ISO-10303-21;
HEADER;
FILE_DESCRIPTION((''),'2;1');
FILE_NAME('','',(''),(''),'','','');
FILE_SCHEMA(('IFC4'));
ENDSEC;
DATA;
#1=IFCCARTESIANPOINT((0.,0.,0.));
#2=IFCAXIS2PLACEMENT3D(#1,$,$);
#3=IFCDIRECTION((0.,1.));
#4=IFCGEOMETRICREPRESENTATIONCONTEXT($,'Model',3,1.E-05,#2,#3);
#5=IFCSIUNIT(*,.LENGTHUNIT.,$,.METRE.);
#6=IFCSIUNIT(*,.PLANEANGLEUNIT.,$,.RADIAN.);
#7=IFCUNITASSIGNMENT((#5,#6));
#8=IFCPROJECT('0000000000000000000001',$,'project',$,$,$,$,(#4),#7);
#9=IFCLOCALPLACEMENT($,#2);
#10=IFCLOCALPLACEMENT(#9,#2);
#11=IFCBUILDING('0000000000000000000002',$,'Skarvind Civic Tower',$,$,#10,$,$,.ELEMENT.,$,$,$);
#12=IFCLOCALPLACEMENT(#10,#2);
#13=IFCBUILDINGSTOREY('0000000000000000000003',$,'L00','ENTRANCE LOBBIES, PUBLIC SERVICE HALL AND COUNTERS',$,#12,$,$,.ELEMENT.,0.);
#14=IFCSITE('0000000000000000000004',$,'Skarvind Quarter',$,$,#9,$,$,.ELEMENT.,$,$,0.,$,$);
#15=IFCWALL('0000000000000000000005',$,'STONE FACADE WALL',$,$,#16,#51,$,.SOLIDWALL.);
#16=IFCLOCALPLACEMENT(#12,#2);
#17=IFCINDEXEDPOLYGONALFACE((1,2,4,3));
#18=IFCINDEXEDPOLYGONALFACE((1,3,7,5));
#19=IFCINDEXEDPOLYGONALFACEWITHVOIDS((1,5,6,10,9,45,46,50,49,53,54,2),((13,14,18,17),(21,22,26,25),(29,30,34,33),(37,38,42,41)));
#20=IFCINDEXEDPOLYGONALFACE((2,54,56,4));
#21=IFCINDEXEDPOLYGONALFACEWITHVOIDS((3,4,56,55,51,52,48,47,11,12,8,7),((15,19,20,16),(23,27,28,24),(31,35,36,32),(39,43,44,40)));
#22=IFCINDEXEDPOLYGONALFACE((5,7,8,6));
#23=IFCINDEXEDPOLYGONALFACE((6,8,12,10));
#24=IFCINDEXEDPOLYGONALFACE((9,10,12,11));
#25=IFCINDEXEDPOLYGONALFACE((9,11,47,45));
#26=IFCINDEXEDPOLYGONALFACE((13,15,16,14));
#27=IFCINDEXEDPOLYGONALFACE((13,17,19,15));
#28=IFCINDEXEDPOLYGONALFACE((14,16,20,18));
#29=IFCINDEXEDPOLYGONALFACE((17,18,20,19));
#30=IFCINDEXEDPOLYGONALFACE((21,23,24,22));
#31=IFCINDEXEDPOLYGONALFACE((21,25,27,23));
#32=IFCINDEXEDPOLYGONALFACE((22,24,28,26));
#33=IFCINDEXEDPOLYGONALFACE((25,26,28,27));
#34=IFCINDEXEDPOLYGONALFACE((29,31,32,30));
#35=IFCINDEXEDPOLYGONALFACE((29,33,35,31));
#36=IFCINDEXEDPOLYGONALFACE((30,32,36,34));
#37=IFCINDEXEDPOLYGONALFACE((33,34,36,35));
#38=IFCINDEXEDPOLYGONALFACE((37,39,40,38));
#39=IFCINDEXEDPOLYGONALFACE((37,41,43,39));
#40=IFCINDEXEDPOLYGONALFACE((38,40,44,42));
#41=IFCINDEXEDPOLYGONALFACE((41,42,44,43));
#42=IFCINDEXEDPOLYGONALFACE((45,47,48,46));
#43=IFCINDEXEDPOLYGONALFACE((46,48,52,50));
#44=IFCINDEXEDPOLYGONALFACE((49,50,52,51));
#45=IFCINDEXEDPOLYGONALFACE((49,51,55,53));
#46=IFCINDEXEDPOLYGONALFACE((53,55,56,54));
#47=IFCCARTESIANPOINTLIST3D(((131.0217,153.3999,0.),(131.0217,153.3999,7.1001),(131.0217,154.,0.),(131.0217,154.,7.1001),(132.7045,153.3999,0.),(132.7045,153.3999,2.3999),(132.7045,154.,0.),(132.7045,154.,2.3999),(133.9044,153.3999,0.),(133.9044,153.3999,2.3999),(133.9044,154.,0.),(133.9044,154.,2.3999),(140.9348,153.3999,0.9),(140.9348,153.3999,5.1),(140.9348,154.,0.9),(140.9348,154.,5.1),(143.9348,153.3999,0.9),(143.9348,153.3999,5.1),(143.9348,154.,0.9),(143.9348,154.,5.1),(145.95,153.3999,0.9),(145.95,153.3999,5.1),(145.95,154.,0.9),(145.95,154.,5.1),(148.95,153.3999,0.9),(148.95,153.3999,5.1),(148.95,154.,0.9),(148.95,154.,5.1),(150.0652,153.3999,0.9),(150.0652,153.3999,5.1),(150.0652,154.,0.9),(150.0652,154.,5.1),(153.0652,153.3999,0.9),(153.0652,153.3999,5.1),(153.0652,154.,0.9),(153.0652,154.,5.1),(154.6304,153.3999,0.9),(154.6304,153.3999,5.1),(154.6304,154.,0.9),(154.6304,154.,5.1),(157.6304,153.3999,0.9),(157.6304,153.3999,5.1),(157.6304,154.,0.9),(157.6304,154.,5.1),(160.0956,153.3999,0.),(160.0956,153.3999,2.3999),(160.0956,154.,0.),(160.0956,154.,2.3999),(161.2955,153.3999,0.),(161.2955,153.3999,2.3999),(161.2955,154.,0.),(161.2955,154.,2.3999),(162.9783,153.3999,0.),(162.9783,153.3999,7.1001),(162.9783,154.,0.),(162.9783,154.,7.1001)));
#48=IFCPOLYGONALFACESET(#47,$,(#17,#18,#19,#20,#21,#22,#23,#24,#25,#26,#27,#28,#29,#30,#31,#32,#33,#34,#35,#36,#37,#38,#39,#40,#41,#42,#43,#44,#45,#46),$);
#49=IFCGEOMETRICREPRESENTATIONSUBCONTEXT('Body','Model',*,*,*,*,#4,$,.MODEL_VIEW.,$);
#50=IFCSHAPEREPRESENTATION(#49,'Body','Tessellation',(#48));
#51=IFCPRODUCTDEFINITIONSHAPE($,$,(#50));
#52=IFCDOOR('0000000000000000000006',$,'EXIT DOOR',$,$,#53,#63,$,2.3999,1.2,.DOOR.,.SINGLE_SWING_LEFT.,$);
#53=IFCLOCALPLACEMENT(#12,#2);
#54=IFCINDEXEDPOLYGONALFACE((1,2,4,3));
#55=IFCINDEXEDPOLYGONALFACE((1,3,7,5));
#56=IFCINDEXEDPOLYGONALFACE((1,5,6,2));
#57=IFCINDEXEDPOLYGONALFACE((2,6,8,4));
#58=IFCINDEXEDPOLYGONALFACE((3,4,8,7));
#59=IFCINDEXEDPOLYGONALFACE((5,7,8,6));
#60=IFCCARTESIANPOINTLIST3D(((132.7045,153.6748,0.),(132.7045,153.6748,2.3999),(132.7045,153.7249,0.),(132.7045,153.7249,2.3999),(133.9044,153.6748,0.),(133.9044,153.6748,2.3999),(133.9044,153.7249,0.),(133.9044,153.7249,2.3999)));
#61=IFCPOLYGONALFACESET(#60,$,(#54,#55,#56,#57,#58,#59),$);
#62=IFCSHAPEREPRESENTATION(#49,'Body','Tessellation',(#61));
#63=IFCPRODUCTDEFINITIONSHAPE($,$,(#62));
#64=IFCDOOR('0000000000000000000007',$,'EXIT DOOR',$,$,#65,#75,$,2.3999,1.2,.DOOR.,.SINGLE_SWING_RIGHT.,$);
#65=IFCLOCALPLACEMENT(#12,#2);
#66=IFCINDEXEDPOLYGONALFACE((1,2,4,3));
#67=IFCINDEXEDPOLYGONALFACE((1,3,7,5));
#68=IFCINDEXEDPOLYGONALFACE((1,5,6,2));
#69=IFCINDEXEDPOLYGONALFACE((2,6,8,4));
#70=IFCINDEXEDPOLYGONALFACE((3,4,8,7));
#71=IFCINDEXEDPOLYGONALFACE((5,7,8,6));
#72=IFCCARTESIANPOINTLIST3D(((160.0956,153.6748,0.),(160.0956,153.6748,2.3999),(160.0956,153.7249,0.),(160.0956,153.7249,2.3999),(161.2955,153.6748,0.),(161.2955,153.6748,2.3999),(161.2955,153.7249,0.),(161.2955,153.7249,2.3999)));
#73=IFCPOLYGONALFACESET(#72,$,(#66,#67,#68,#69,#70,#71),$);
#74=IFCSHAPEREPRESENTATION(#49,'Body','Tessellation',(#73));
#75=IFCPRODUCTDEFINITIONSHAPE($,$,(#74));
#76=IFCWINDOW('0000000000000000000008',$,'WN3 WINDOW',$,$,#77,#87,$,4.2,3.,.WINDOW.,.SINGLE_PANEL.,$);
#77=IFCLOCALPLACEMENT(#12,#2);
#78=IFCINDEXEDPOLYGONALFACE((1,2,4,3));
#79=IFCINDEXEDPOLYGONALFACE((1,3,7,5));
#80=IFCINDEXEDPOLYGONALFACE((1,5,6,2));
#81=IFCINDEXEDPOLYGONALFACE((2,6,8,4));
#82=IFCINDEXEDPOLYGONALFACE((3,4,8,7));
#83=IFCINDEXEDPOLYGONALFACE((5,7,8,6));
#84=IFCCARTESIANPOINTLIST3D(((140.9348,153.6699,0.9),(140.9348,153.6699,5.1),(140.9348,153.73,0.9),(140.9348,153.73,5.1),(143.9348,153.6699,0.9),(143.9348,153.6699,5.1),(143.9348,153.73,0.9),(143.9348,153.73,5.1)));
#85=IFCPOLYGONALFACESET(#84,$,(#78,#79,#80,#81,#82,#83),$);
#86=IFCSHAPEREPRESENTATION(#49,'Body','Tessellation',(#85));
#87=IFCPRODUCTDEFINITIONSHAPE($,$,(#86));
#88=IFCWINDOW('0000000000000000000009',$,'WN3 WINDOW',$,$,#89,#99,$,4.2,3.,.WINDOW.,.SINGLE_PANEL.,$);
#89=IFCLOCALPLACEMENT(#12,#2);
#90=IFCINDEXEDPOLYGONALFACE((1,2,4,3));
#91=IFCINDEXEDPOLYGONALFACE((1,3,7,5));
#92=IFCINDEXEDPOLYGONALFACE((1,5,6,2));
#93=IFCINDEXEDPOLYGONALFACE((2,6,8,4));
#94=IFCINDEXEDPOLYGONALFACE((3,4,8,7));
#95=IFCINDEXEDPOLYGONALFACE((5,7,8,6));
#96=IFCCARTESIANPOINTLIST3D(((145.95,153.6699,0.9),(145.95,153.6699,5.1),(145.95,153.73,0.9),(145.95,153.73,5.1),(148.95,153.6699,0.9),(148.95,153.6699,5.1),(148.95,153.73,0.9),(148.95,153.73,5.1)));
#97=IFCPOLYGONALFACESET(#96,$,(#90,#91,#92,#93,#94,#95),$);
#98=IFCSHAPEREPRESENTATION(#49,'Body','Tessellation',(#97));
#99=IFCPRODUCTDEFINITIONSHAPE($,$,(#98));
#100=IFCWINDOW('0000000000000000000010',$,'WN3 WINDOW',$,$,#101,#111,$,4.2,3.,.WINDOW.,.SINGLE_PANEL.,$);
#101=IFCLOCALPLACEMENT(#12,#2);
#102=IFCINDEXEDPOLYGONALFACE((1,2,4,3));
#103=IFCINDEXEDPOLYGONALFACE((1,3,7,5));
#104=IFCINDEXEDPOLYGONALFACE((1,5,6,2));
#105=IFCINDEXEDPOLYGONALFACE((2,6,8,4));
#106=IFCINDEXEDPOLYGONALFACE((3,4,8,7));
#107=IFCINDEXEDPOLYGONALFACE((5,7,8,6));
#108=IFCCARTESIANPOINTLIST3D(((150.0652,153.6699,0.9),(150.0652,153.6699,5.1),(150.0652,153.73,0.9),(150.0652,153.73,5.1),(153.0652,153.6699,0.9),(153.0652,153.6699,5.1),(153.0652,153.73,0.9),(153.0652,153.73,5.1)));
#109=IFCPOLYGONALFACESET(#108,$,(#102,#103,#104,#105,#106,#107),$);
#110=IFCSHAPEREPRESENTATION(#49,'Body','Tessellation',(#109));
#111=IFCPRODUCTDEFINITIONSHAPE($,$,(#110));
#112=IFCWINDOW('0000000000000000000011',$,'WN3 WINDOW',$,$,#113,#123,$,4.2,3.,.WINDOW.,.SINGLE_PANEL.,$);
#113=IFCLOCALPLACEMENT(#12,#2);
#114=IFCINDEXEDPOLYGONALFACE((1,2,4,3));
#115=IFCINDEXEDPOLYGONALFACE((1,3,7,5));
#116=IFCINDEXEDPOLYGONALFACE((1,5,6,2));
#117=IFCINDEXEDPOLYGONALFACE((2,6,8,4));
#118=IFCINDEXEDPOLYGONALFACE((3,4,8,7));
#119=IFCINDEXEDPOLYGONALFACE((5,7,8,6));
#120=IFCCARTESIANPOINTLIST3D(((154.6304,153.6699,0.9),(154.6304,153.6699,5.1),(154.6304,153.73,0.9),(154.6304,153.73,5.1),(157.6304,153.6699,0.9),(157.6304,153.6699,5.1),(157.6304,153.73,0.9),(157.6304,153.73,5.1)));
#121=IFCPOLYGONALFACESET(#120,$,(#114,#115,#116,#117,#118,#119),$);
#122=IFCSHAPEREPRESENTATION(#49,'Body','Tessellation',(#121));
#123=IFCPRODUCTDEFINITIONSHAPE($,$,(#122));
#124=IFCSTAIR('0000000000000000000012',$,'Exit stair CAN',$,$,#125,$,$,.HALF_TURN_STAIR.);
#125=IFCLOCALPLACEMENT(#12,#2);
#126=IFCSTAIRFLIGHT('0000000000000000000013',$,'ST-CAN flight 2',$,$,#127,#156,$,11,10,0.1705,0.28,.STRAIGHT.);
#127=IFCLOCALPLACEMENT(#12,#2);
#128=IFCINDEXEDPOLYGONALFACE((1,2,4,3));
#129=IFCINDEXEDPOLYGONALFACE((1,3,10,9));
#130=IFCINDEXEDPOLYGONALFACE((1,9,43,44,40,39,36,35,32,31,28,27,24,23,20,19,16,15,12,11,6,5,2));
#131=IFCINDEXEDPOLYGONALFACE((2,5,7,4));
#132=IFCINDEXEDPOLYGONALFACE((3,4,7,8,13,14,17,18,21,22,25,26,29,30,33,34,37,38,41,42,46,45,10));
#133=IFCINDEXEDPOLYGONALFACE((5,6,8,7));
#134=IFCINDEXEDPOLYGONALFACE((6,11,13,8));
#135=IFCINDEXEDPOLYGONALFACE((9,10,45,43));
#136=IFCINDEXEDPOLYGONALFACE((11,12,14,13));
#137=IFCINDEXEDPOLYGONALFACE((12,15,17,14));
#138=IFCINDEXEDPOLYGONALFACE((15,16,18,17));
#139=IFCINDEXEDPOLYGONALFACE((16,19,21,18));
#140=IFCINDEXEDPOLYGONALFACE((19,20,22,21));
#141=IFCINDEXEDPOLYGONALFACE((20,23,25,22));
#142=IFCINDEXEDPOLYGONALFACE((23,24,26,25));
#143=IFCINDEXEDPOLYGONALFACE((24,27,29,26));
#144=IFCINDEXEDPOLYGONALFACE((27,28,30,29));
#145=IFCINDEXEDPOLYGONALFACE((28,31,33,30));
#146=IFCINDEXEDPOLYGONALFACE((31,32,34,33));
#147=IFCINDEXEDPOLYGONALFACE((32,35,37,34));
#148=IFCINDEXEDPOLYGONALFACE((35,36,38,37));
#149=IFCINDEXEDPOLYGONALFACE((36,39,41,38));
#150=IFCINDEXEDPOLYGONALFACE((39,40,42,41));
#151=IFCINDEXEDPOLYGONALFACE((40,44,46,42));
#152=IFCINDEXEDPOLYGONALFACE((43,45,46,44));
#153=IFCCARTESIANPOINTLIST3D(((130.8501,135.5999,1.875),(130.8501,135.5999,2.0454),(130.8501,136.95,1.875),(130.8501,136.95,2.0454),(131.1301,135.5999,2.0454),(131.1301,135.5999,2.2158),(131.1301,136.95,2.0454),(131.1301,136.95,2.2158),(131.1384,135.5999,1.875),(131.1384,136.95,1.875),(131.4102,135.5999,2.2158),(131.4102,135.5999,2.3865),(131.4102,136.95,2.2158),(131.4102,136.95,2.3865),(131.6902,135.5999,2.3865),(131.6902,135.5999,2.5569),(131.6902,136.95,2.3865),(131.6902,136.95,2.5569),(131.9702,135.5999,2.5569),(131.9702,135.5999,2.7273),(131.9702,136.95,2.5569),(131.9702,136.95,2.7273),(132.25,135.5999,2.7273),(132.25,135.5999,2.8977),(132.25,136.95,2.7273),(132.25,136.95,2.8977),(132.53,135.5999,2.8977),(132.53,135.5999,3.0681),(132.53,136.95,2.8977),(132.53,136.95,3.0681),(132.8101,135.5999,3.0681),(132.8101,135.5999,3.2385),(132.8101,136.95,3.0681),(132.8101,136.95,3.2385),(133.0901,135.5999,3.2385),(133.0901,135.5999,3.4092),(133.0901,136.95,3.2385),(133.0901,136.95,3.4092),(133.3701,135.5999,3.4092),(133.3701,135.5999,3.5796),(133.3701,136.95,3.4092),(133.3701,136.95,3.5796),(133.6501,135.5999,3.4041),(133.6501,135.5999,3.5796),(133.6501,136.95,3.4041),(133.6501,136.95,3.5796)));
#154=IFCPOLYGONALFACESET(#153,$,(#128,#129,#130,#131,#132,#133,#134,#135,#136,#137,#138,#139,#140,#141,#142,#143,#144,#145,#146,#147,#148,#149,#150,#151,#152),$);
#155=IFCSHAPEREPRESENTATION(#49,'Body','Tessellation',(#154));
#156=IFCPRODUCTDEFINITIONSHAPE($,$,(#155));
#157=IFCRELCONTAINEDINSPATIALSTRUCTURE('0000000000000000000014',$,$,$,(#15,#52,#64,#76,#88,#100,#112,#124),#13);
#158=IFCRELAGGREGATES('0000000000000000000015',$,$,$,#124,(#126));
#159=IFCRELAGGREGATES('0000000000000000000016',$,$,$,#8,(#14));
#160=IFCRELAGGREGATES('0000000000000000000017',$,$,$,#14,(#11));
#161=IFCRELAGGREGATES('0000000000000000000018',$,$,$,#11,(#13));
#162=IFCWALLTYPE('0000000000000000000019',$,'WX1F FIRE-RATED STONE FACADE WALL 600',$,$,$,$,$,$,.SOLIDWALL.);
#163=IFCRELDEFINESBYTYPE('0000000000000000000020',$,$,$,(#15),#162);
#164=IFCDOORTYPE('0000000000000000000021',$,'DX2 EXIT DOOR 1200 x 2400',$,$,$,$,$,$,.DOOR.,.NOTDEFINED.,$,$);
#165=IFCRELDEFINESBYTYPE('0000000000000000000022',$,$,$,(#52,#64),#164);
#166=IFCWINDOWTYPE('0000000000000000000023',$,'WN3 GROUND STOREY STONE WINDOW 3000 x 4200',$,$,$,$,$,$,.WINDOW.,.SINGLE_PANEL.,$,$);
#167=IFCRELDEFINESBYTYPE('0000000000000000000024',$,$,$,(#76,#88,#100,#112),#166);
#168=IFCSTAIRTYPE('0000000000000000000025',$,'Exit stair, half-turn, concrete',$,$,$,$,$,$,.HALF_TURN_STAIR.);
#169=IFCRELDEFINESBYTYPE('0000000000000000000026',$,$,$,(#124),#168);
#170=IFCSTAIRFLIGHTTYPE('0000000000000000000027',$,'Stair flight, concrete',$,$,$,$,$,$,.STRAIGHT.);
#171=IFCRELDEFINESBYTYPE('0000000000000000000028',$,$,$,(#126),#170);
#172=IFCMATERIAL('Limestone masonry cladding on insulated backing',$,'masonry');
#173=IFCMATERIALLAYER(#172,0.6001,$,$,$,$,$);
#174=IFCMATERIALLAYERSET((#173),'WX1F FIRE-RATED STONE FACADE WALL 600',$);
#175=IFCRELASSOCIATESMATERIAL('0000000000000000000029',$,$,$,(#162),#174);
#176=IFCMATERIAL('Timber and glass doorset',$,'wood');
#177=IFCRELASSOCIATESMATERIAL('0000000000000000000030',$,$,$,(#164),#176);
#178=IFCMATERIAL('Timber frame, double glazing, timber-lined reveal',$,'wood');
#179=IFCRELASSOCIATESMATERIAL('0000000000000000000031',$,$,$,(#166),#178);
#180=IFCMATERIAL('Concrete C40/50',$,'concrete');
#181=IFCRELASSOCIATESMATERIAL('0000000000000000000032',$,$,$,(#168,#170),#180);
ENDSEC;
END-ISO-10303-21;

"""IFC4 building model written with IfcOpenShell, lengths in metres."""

from ifc_helpers import new_model, si_unit, direction, frame, frame_2d, origin, place, context, subcontext, project, spatial, polyline, rectangle, outline, extrude, material, layer, layer_set, type_object, element, fill, aggregate, save


model = new_model("IFC4")

# Units and contexts
model_context = context("Model", 3, precision=1e-05, world=origin(), true_north=direction((0.0, 1.0)))
body_context = subcontext(model_context, "Body", "Model", "MODEL_VIEW")
ifc_project = project(units=[si_unit("LENGTHUNIT", "METRE"), si_unit("PLANEANGLEUNIT", "RADIAN")], contexts=[model_context])

# Site, building, storey
site_placement = place(None, origin())
site = spatial("IfcSite", under=ifc_project, at=site_placement, Name="Skarvind Quarter", CompositionType="ELEMENT", RefElevation=0.0)
building_placement = place(site_placement, origin())
building = spatial("IfcBuilding", under=site, at=building_placement, Name="Skarvind Civic Tower", CompositionType="ELEMENT")
storey_placement = place(building_placement, origin())
storey = spatial("IfcBuildingStorey", under=building, at=storey_placement, Name="L00", Description="ENTRANCE LOBBIES, PUBLIC SERVICE HALL AND COUNTERS", CompositionType="ELEMENT", Elevation=0.0)

# Shared definitions
ifc_material_1 = material(Name="Limestone masonry cladding on insulated backing", Category="masonry")

# Wall, openings, doors, windows
ifc_layer_1 = layer(ifc_material_1, 0.6001)
ifc_layer_set_1 = layer_set([ifc_layer_1], Name="WX1F FIRE-RATED STONE FACADE WALL 600")
wall_type_1 = type_object("IfcWallType", Name="WX1F FIRE-RATED STONE FACADE WALL 600", PredefinedType="SOLIDWALL", material=ifc_layer_set_1)
wall_1_placement = place(storey_placement, frame((131.0217, 153.7, 0.0), z_axis=(0.0, 0.0, 1.0), x_axis=(1.0, 0.0, 0.0)))
wall_1 = element("IfcWall", 1, at=wall_1_placement, inside=storey, type_object=wall_type_1, Name="STONE FACADE WALL", PredefinedType="SOLIDWALL", context=body_context, shape_type="SweptSolid", body=[
    extrude(rectangle(XDim=31.9565, YDim=0.6001, at=frame_2d((15.9783, 0.0))), origin(), (0.0, 0.0, 1.0), 7.1001),
])
opening_1_placement = place(wall_1_placement, frame((1.6826, 0.0, 0.0)))
opening_1 = element("IfcOpeningElement", 2, at=opening_1_placement, cuts=wall_1, PredefinedType="OPENING", context=body_context, shape_type="SweptSolid", body=[
    extrude(rectangle(XDim=1.2, YDim=2.3999, at=frame_2d((0.6001, 1.2))), frame((0.0, 0.3101, 0.0), z_axis=(0.0, -1.0, 0.0), x_axis=(1.0, 0.0, 0.0)), (0.0, 0.0, 1.0), 0.6201),
])
opening_2_placement = place(wall_1_placement, frame((9.9131, 0.0, 0.8999)))
opening_2 = element("IfcOpeningElement", 3, at=opening_2_placement, cuts=wall_1, PredefinedType="OPENING", context=body_context, shape_type="SweptSolid", body=[
    extrude(rectangle(XDim=3.0, YDim=4.2, at=frame_2d((1.5, 2.1001))), frame((0.0, 0.3101, 0.0), z_axis=(0.0, -1.0, 0.0), x_axis=(1.0, 0.0, 0.0)), (0.0, 0.0, 1.0), 0.6201),
])
opening_3_placement = place(wall_1_placement, frame((14.9282, 0.0, 0.8999)))
opening_3 = element("IfcOpeningElement", 4, at=opening_3_placement, cuts=wall_1, PredefinedType="OPENING", context=body_context, shape_type="SweptSolid", body=[
    extrude(rectangle(XDim=3.0, YDim=4.2, at=frame_2d((1.5, 2.1001))), frame((0.0, 0.3101, 0.0), z_axis=(0.0, -1.0, 0.0), x_axis=(1.0, 0.0, 0.0)), (0.0, 0.0, 1.0), 0.6201),
])
opening_4_placement = place(wall_1_placement, frame((19.0435, 0.0, 0.8999)))
opening_4 = element("IfcOpeningElement", 5, at=opening_4_placement, cuts=wall_1, PredefinedType="OPENING", context=body_context, shape_type="SweptSolid", body=[
    extrude(rectangle(XDim=3.0, YDim=4.2, at=frame_2d((1.5, 2.1001))), frame((0.0, 0.3101, 0.0), z_axis=(0.0, -1.0, 0.0), x_axis=(1.0, 0.0, 0.0)), (0.0, 0.0, 1.0), 0.6201),
])
opening_5_placement = place(wall_1_placement, frame((23.6086, 0.0, 0.8999)))
opening_5 = element("IfcOpeningElement", 6, at=opening_5_placement, cuts=wall_1, PredefinedType="OPENING", context=body_context, shape_type="SweptSolid", body=[
    extrude(rectangle(XDim=3.0, YDim=4.2, at=frame_2d((1.5, 2.1001))), frame((0.0, 0.3101, 0.0), z_axis=(0.0, -1.0, 0.0), x_axis=(1.0, 0.0, 0.0)), (0.0, 0.0, 1.0), 0.6201),
])
opening_6_placement = place(wall_1_placement, frame((29.0737, 0.0, 0.0)))
opening_6 = element("IfcOpeningElement", 7, at=opening_6_placement, cuts=wall_1, PredefinedType="OPENING", context=body_context, shape_type="SweptSolid", body=[
    extrude(rectangle(XDim=1.2, YDim=2.3999, at=frame_2d((0.6001, 1.2))), frame((0.0, 0.3101, 0.0), z_axis=(0.0, -1.0, 0.0), x_axis=(1.0, 0.0, 0.0)), (0.0, 0.0, 1.0), 0.6201),
])
ifc_material_2 = material(Name="Timber and glass doorset", Category="wood")
door_type_1 = type_object("IfcDoorType", Name="DX2 EXIT DOOR 1200 x 2400", OperationType="NOTDEFINED", PredefinedType="DOOR", material=ifc_material_2)
door_1_placement = place(opening_1_placement, origin())
door_1 = element("IfcDoor", 8, at=door_1_placement, inside=storey, type_object=door_type_1, Name="EXIT DOOR", OperationType="SINGLE_SWING_LEFT", OverallHeight=2.3999, OverallWidth=1.2, PredefinedType="DOOR", context=body_context, shape_type="SweptSolid", body=[
    extrude(rectangle(XDim=1.2, YDim=2.3999, at=frame_2d((0.6001, 1.2))), frame((0.0, 0.0249, 0.0), z_axis=(0.0, -1.0, 0.0), x_axis=(1.0, 0.0, 0.0)), (0.0, 0.0, 1.0), 0.05),
])
fill(opening_1, door_1)
door_2_placement = place(opening_6_placement, origin())
door_2 = element("IfcDoor", 9, at=door_2_placement, inside=storey, type_object=door_type_1, Name="EXIT DOOR", OperationType="SINGLE_SWING_RIGHT", OverallHeight=2.3999, OverallWidth=1.2, PredefinedType="DOOR", context=body_context, shape_type="SweptSolid", body=[
    extrude(rectangle(XDim=1.2, YDim=2.3999, at=frame_2d((0.6001, 1.2))), frame((0.0, 0.0249, 0.0), z_axis=(0.0, -1.0, 0.0), x_axis=(1.0, 0.0, 0.0)), (0.0, 0.0, 1.0), 0.05),
])
fill(opening_6, door_2)
ifc_material_3 = material(Name="Timber frame, double glazing, timber-lined reveal", Category="wood")
window_type = type_object("IfcWindowType", Name="WN3 GROUND STOREY STONE WINDOW 3000 x 4200", PartitioningType="SINGLE_PANEL", PredefinedType="WINDOW", material=ifc_material_3)
window_1_placement = place(opening_2_placement, origin())
window_1 = element("IfcWindow", 10, at=window_1_placement, inside=storey, type_object=window_type, Name="WN3 WINDOW", OverallHeight=4.2, OverallWidth=3.0, PartitioningType="SINGLE_PANEL", PredefinedType="WINDOW", context=body_context, shape_type="SweptSolid", body=[
    extrude(rectangle(XDim=3.0, YDim=4.2, at=frame_2d((1.5, 2.1001))), frame((0.0, 0.03, 0.0), z_axis=(0.0, -1.0, 0.0), x_axis=(1.0, 0.0, 0.0)), (0.0, 0.0, 1.0), 0.0601),
])
fill(opening_2, window_1)
window_2_placement = place(opening_3_placement, origin())
window_2 = element("IfcWindow", 11, at=window_2_placement, inside=storey, type_object=window_type, Name="WN3 WINDOW", OverallHeight=4.2, OverallWidth=3.0, PartitioningType="SINGLE_PANEL", PredefinedType="WINDOW", context=body_context, shape_type="SweptSolid", body=[
    extrude(rectangle(XDim=3.0, YDim=4.2, at=frame_2d((1.5, 2.1001))), frame((0.0, 0.03, 0.0), z_axis=(0.0, -1.0, 0.0), x_axis=(1.0, 0.0, 0.0)), (0.0, 0.0, 1.0), 0.0601),
])
fill(opening_3, window_2)
window_3_placement = place(opening_4_placement, origin())
window_3 = element("IfcWindow", 12, at=window_3_placement, inside=storey, type_object=window_type, Name="WN3 WINDOW", OverallHeight=4.2, OverallWidth=3.0, PartitioningType="SINGLE_PANEL", PredefinedType="WINDOW", context=body_context, shape_type="SweptSolid", body=[
    extrude(rectangle(XDim=3.0, YDim=4.2, at=frame_2d((1.5, 2.1001))), frame((0.0, 0.03, 0.0), z_axis=(0.0, -1.0, 0.0), x_axis=(1.0, 0.0, 0.0)), (0.0, 0.0, 1.0), 0.0601),
])
fill(opening_4, window_3)
window_4_placement = place(opening_5_placement, origin())
window_4 = element("IfcWindow", 13, at=window_4_placement, inside=storey, type_object=window_type, Name="WN3 WINDOW", OverallHeight=4.2, OverallWidth=3.0, PartitioningType="SINGLE_PANEL", PredefinedType="WINDOW", context=body_context, shape_type="SweptSolid", body=[
    extrude(rectangle(XDim=3.0, YDim=4.2, at=frame_2d((1.5, 2.1001))), frame((0.0, 0.03, 0.0), z_axis=(0.0, -1.0, 0.0), x_axis=(1.0, 0.0, 0.0)), (0.0, 0.0, 1.0), 0.0601),
])
fill(opening_5, window_4)

# Stair, stair flight
ifc_material_4 = material(Name="Concrete C40/50", Category="concrete")
stair_type = type_object("IfcStairType", Name="Exit stair, half-turn, concrete", PredefinedType="HALF_TURN_STAIR", material=ifc_material_4)
stair_placement = place(storey_placement, origin())
stair = element("IfcStair", 14, at=stair_placement, inside=storey, type_object=stair_type, Name="Exit stair CAN", PredefinedType="HALF_TURN_STAIR")
stair_flight_type = type_object("IfcStairFlightType", Name="Stair flight, concrete", PredefinedType="STRAIGHT", material=ifc_material_4)
stair_flight_1_placement = place(storey_placement, frame((130.8501, 136.2749, 1.875), z_axis=(0.0, 0.0, 1.0), x_axis=(1.0, 0.0, 0.0)))
stair_flight_1 = element("IfcStairFlight", 15, at=stair_flight_1_placement, type_object=stair_flight_type, Name="ST-CAN flight 2", NumberOfRisers=11, NumberOfTreads=10, PredefinedType="STRAIGHT", RiserHeight=0.1705, TreadLength=0.28, context=body_context, shape_type="SweptSolid", body=[
    extrude(outline(polyline([(0.0, 0.0), (0.0, 0.1704), (0.28, 0.1704), (0.28, 0.3408), (0.5601, 0.3408), (0.5601, 0.5115), (0.8401, 0.5115), (0.8401, 0.6819), (1.1201, 0.6819), (1.1201, 0.8523), (1.3999, 0.8523), (1.3999, 1.0227), (1.6799, 1.0227), (1.6799, 1.1931), (1.96, 1.1931), (1.96, 1.3635), (2.24, 1.3635), (2.24, 1.5342), (2.52, 1.5342), (2.52, 1.7046), (2.8, 1.7046), (2.8, 1.875), (2.8, 1.5291), (0.2883, 0.0), (0.0, 0.0)])), frame((0.0, 0.675, 0.0), z_axis=(0.0, -1.0, 0.0), x_axis=(1.0, 0.0, 0.0)), (0.0, 0.0, 1.0), 1.3501),
])
aggregate(stair, [stair_flight_1])

save(model, "model.ifc")
